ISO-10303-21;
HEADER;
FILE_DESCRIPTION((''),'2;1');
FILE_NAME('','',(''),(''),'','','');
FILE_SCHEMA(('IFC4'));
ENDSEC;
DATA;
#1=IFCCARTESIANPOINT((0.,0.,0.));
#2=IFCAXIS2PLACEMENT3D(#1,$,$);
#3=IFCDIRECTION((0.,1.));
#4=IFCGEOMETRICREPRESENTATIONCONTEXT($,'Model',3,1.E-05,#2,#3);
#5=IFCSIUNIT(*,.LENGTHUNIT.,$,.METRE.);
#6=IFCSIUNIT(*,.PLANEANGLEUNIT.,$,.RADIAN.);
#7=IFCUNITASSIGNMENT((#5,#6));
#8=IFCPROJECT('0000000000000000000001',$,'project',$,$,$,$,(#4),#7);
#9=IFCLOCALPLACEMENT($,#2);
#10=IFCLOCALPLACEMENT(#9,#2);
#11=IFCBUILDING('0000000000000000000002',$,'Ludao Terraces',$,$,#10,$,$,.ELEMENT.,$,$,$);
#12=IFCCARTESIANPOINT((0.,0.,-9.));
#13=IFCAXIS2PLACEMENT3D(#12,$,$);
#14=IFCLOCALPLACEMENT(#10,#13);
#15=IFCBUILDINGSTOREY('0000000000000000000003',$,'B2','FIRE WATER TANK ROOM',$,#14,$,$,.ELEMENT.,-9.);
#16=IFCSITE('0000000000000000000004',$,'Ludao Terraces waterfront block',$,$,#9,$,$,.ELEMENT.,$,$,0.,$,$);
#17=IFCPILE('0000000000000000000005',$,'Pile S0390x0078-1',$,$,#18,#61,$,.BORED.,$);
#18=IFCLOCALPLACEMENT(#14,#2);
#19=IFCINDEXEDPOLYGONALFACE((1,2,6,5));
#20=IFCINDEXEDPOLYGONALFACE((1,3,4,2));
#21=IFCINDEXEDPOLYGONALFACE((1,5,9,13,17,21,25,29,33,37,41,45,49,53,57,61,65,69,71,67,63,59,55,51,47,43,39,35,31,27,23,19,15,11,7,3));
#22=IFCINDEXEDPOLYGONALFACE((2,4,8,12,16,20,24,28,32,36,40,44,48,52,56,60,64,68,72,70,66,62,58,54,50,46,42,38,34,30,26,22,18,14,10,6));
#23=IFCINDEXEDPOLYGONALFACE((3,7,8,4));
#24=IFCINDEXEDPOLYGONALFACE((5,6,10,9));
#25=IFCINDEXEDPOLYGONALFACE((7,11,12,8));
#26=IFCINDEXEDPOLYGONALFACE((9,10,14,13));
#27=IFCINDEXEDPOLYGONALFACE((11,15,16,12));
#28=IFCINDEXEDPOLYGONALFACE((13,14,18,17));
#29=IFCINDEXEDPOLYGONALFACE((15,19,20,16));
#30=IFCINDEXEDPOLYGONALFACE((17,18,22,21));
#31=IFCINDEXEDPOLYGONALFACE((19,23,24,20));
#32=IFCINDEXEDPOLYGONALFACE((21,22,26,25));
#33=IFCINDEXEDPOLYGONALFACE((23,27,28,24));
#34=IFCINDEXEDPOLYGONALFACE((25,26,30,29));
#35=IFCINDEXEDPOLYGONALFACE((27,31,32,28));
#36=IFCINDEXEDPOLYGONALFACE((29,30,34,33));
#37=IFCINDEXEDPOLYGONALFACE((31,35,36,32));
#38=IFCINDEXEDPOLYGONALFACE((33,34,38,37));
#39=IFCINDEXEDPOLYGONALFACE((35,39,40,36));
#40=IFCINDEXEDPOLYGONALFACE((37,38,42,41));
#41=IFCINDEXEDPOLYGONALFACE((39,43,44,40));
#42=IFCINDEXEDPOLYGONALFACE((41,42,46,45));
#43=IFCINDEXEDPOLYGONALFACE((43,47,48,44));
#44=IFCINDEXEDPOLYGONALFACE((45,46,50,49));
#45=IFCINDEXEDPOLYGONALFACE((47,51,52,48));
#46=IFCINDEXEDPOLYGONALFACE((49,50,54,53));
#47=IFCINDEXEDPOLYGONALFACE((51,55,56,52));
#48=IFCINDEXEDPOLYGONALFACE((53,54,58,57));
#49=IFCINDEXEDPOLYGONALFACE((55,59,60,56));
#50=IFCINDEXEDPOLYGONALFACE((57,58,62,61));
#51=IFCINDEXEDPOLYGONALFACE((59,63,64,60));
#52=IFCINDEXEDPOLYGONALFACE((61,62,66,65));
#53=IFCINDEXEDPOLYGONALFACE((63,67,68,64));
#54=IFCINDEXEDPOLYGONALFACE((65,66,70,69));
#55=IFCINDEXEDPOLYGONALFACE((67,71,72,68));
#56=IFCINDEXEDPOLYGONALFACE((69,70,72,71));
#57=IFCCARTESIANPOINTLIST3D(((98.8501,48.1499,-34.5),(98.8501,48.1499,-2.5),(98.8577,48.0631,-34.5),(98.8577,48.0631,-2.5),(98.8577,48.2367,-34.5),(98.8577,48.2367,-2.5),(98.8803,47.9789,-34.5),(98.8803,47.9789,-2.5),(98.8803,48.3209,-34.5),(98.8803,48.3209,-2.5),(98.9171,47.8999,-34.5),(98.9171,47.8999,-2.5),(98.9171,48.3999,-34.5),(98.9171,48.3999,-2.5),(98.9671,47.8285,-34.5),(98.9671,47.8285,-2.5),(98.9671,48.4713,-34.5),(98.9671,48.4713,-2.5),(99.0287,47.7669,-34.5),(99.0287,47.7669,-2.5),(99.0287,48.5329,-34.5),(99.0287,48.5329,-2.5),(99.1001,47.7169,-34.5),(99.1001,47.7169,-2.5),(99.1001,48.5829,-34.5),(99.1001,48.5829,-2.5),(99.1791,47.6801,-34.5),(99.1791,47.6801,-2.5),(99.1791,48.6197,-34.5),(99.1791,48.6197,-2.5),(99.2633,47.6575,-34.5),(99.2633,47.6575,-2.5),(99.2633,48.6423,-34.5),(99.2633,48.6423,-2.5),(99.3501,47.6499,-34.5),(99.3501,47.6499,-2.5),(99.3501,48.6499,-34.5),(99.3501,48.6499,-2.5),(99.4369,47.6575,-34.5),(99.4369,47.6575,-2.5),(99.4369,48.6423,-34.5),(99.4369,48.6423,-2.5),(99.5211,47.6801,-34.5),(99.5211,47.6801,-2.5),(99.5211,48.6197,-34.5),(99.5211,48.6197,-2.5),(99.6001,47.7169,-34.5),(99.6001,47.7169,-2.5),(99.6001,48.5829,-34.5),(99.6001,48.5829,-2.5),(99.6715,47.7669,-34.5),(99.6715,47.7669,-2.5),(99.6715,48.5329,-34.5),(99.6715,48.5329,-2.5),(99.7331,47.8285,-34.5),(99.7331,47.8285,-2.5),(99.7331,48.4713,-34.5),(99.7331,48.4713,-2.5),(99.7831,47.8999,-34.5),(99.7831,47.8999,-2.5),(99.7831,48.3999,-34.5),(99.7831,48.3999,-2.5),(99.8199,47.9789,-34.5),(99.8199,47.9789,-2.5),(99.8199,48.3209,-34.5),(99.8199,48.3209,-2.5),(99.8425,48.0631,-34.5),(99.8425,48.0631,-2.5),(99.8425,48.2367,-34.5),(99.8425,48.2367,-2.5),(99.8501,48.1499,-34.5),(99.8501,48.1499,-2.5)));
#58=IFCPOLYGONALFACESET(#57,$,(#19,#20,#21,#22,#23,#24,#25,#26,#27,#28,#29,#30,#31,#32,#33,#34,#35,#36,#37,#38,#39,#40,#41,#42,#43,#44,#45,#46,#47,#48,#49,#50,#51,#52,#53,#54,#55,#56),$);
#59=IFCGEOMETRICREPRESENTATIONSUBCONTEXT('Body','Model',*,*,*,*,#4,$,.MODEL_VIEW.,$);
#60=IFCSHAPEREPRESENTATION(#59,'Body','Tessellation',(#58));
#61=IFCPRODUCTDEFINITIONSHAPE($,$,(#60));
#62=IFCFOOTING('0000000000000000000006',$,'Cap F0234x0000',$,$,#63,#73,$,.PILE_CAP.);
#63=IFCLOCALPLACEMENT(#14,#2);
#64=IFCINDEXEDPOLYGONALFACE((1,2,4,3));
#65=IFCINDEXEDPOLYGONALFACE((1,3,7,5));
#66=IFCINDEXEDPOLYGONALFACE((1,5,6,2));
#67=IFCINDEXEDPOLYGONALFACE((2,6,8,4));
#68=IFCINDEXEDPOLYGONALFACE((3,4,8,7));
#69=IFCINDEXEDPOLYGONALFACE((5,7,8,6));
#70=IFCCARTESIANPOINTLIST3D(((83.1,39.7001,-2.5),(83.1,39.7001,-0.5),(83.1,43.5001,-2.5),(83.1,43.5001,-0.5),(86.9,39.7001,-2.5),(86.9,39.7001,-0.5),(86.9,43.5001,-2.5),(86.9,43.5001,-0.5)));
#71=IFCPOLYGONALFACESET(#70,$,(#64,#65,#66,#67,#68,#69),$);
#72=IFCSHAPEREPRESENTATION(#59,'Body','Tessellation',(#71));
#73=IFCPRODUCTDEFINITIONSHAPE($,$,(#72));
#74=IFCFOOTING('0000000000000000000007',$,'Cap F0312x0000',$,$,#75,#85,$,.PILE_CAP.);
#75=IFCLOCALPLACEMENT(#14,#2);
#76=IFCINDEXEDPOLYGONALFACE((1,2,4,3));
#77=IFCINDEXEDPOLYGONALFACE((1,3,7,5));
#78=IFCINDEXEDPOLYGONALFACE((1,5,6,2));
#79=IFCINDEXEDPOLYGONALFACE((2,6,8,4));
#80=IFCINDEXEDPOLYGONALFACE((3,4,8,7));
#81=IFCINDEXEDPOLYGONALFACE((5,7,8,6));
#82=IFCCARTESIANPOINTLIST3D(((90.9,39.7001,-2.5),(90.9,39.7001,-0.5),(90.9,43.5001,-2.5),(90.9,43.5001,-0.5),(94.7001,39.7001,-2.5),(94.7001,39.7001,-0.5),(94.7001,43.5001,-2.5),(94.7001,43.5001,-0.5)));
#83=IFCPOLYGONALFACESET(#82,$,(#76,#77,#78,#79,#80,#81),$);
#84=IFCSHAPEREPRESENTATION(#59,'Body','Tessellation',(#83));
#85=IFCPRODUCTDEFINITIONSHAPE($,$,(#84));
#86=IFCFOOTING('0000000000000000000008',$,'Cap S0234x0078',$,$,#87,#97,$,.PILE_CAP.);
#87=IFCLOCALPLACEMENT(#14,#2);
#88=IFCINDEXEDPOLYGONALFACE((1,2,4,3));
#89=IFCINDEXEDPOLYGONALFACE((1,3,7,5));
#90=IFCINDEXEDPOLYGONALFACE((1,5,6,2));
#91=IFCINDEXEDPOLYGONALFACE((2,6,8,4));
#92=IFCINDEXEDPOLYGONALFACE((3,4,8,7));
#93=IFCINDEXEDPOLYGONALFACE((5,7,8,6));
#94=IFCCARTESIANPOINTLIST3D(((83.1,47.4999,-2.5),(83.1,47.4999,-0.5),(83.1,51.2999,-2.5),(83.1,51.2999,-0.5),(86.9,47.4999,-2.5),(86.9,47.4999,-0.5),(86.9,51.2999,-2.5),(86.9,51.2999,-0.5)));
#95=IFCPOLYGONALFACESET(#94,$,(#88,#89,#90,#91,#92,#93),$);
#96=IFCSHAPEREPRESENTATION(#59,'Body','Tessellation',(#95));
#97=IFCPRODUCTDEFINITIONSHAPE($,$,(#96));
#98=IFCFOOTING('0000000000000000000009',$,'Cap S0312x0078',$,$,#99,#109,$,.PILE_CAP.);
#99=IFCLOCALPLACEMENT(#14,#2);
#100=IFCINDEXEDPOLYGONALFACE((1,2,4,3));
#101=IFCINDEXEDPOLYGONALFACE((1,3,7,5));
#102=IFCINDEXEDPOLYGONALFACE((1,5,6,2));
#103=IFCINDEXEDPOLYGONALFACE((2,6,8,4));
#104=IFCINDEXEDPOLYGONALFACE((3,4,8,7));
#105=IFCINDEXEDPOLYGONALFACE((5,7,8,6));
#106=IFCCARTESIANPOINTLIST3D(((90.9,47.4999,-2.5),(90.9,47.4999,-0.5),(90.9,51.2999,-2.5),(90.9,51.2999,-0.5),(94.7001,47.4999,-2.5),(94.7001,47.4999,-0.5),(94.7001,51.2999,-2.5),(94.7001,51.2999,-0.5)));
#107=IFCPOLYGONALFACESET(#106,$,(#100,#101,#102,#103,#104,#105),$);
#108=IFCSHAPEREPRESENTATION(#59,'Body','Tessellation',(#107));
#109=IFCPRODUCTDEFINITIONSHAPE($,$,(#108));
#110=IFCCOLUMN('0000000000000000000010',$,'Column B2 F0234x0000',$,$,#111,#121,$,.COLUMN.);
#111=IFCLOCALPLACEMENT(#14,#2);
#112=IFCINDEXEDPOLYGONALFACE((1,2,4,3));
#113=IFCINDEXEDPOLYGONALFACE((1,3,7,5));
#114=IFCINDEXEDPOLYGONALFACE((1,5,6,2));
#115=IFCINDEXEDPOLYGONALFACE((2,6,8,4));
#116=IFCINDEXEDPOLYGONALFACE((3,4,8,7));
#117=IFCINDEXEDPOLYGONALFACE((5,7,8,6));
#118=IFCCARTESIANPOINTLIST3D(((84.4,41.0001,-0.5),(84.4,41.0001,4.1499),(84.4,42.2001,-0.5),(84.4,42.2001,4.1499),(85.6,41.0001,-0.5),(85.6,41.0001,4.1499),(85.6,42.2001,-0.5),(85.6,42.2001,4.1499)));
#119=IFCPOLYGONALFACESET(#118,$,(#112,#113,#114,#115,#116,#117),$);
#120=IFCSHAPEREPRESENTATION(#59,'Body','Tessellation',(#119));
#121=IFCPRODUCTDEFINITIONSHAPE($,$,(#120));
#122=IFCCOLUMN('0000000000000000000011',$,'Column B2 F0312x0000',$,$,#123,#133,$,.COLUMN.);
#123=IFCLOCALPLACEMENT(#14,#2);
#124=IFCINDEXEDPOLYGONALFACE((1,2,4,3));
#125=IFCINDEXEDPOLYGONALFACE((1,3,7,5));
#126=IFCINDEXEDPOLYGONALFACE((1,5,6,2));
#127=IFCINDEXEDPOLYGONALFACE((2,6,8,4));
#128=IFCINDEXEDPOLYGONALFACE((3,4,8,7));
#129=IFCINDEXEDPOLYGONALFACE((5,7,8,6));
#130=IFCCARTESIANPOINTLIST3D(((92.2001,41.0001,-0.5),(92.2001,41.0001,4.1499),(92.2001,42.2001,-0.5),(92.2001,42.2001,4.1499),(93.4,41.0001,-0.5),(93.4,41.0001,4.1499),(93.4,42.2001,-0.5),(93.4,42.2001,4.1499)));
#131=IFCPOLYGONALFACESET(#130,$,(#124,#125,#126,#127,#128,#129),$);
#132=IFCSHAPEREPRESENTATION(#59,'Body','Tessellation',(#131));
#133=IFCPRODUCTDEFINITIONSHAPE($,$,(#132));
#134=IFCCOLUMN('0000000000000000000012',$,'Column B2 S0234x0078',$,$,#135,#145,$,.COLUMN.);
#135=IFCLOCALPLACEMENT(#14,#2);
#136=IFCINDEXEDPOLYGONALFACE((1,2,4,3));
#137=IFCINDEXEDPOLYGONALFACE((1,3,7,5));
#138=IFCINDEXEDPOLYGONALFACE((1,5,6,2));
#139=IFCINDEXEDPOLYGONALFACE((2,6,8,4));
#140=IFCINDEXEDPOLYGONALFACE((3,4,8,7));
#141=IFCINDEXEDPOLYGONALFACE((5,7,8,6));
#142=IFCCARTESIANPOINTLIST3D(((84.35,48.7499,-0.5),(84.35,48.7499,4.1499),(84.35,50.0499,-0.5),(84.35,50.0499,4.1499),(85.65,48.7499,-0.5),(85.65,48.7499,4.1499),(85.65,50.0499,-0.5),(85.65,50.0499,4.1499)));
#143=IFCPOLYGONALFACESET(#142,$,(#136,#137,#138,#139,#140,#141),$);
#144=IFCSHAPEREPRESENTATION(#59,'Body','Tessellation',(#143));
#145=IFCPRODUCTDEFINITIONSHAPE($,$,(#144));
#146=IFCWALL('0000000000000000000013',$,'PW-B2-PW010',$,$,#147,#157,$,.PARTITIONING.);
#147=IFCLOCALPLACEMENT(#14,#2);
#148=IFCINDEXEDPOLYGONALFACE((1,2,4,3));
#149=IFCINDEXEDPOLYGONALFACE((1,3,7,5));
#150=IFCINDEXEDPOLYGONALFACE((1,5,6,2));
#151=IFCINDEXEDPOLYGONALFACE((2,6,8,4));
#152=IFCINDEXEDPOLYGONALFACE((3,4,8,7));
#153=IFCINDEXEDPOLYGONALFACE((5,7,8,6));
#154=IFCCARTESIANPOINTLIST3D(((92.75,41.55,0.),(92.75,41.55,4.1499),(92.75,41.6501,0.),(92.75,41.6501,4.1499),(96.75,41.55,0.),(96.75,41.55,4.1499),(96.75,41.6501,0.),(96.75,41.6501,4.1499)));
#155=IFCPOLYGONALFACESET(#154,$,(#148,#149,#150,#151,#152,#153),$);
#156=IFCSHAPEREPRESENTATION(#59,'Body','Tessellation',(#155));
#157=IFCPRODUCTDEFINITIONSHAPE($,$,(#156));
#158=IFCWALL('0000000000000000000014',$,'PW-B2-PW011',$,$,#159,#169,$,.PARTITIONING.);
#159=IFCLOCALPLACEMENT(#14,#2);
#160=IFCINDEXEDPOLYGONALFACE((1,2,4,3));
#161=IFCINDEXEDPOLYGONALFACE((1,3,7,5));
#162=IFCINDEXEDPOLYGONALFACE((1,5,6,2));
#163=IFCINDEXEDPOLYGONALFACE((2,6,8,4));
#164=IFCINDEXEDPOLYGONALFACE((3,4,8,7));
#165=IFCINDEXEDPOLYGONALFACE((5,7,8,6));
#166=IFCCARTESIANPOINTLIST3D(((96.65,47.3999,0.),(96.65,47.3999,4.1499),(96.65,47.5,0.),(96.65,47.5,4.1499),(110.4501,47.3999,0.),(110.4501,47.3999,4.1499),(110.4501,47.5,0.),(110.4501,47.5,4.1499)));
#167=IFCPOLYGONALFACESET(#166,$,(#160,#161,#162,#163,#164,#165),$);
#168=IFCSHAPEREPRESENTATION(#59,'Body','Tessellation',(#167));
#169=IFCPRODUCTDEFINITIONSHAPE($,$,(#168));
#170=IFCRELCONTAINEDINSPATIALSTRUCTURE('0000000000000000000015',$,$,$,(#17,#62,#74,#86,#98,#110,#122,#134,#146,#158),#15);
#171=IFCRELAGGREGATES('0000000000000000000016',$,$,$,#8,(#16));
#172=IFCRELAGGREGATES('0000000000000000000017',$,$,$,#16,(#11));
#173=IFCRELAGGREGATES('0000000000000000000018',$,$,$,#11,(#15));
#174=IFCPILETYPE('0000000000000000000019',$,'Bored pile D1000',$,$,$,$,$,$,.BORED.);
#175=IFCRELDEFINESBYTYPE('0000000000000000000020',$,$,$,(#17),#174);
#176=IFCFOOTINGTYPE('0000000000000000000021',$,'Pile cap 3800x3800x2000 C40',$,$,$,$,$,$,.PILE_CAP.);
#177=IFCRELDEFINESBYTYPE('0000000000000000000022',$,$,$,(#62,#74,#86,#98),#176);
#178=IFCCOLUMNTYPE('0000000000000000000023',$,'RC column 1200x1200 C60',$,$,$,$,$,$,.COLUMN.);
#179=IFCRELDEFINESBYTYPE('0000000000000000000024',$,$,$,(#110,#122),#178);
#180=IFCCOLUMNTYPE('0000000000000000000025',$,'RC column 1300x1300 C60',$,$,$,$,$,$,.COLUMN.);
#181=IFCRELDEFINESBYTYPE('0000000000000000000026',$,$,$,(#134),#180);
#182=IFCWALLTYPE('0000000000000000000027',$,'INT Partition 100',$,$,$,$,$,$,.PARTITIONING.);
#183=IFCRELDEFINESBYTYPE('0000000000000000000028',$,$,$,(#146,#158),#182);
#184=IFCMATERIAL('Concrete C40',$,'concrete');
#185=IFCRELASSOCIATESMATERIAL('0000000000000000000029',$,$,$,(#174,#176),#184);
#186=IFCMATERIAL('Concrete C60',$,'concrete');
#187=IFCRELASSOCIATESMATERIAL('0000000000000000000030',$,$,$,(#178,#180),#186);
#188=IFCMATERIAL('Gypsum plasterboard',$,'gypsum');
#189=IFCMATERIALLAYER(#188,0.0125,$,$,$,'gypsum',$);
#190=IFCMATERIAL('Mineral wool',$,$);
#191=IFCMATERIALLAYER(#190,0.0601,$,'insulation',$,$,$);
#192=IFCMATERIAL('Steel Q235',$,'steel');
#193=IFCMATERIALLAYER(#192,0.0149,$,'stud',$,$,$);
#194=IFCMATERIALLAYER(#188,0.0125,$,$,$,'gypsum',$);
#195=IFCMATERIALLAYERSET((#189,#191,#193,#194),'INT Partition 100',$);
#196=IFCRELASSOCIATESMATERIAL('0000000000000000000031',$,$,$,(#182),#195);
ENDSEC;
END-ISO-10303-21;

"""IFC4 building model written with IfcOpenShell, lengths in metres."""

from ifc_helpers import new_model, si_unit, direction, frame, frame_2d, origin, origin_2d, place, context, subcontext, project, spatial, rectangle, circle, extrude, material, layer, layer_set, material_profile, profile_set, type_object, element, save


model = new_model("IFC4")

# Units and contexts
model_context = context("Model", 3, precision=1e-05, world=origin(), true_north=direction((0.0, 1.0)))
body_context = subcontext(model_context, "Body", "Model", "MODEL_VIEW")
ifc_project = project(units=[si_unit("LENGTHUNIT", "METRE"), si_unit("PLANEANGLEUNIT", "RADIAN")], contexts=[model_context])

# Site, building, storey
site_placement = place(None, origin())
site = spatial("IfcSite", under=ifc_project, at=site_placement, Name="Ludao Terraces waterfront block", CompositionType="ELEMENT", RefElevation=0.0)
building_placement = place(site_placement, origin())
building = spatial("IfcBuilding", under=site, at=building_placement, Name="Ludao Terraces", CompositionType="ELEMENT")
storey_placement = place(building_placement, frame((0.0, 0.0, -9.0)))
storey = spatial("IfcBuildingStorey", under=building, at=storey_placement, Name="B2", Description="FIRE WATER TANK ROOM", CompositionType="ELEMENT", Elevation=-9.0)

# Pile
ifc_material_1 = material(Name="Concrete C40", Category="concrete")
ifc_material_profile_1 = material_profile(ifc_material_1, circle(Radius=0.5, at=origin_2d()), Name="D1000 BORED PILE")
ifc_profile_set_1 = profile_set([ifc_material_profile_1], Name="Concrete C40")
pile_type = type_object("IfcPileType", Name="Bored pile D1000", PredefinedType="BORED", material=ifc_profile_set_1)
for number, where, z_axis, x_axis, name in (
    (1, (99.3501, 48.1499, -2.5), (0.0, 0.0, -1.0), (1.0, 0.0, 0.0), "Pile S0390x0078-1"),
):
    element("IfcPile", number, at=place(storey_placement, frame(where, z_axis=z_axis, x_axis=x_axis)), inside=storey, type_object=pile_type, Name=name, PredefinedType="BORED", context=body_context, shape_type="SweptSolid", body=[
        extrude(circle(Radius=0.5, at=origin_2d()), origin(), (0.0, 0.0, 1.0), 32.0),
    ])

# Footings
footing_type = type_object("IfcFootingType", Name="Pile cap 3800x3800x2000 C40", PredefinedType="PILE_CAP", material=ifc_material_1)
for number, where, z_axis, x_axis, name in (
    (2, (85.0, 41.6001, -2.5), (0.0, 0.0, 1.0), (1.0, 0.0, 0.0), "Cap F0234x0000"),
    (3, (92.8, 41.6001, -2.5), (0.0, 0.0, 1.0), (1.0, 0.0, 0.0), "Cap F0312x0000"),
    (4, (85.0, 49.3999, -2.5), (0.0, 0.0, 1.0), (1.0, 0.0, 0.0), "Cap S0234x0078"),
    (5, (92.8, 49.3999, -2.5), (0.0, 0.0, 1.0), (1.0, 0.0, 0.0), "Cap S0312x0078"),
):
    element("IfcFooting", number, at=place(storey_placement, frame(where, z_axis=z_axis, x_axis=x_axis)), inside=storey, type_object=footing_type, Name=name, PredefinedType="PILE_CAP", context=body_context, shape_type="SweptSolid", body=[
        extrude(rectangle(XDim=3.8, YDim=3.8, at=origin_2d()), origin(), (0.0, 0.0, 1.0), 2.0),
    ])

# Columns
ifc_material_2 = material(Name="Concrete C60", Category="concrete")
ifc_material_profile_2 = material_profile(ifc_material_2, rectangle(XDim=1.2, YDim=1.2, at=origin_2d()), Name="1200 X 1200")
ifc_profile_set_2 = profile_set([ifc_material_profile_2], Name="Concrete C60")
column_type_1 = type_object("IfcColumnType", Name="RC column 1200x1200 C60", PredefinedType="COLUMN", material=ifc_profile_set_2)
for number, where, z_axis, x_axis, name in (
    (6, (85.0, 41.6001, -0.5), (0.0, 0.0, 1.0), (1.0, 0.0, 0.0), "Column B2 F0234x0000"),
    (7, (92.8, 41.6001, -0.5), (0.0, 0.0, 1.0), (1.0, 0.0, 0.0), "Column B2 F0312x0000"),
):
    element("IfcColumn", number, at=place(storey_placement, frame(where, z_axis=z_axis, x_axis=x_axis)), inside=storey, type_object=column_type_1, Name=name, PredefinedType="COLUMN", context=body_context, shape_type="SweptSolid", body=[
        extrude(rectangle(XDim=1.2, YDim=1.2, at=origin_2d()), origin(), (0.0, 0.0, 1.0), 4.6499),
    ])
ifc_material_profile_3 = material_profile(ifc_material_2, rectangle(XDim=1.3, YDim=1.3, at=origin_2d()), Name="1300 X 1300")
ifc_profile_set_3 = profile_set([ifc_material_profile_3], Name="Concrete C60")
column_type_2 = type_object("IfcColumnType", Name="RC column 1300x1300 C60", PredefinedType="COLUMN", material=ifc_profile_set_3)
column_placement = place(storey_placement, frame((85.0, 49.3999, -0.5), z_axis=(0.0, 0.0, 1.0), x_axis=(1.0, 0.0, 0.0)))
element("IfcColumn", 8, at=column_placement, inside=storey, type_object=column_type_2, Name="Column B2 S0234x0078", PredefinedType="COLUMN", context=body_context, shape_type="SweptSolid", body=[
    extrude(rectangle(XDim=1.3, YDim=1.3, at=origin_2d()), origin(), (0.0, 0.0, 1.0), 4.6499),
])

# Walls
ifc_material_3 = material(Name="Gypsum plasterboard", Category="gypsum")
ifc_layer_1 = layer(ifc_material_3, 0.0125, Category="gypsum")
ifc_material_4 = material(Name="Mineral wool")
ifc_layer_2 = layer(ifc_material_4, 0.0601, Name="insulation")
ifc_material_5 = material(Name="Steel Q235", Category="steel")
ifc_layer_3 = layer(ifc_material_5, 0.0149, Name="stud")
ifc_layer_4 = layer(ifc_material_3, 0.0125, Category="gypsum")
ifc_layer_set = layer_set([ifc_layer_1, ifc_layer_2, ifc_layer_3, ifc_layer_4], Name="INT Partition 100")
wall_type = type_object("IfcWallType", Name="INT Partition 100", PredefinedType="PARTITIONING", material=ifc_layer_set)
wall_1_placement = place(storey_placement, frame((92.75, 41.6001, 0.0), z_axis=(0.0, 0.0, 1.0), x_axis=(1.0, 0.0, 0.0)))
element("IfcWall", 9, at=wall_1_placement, inside=storey, type_object=wall_type, Name="PW-B2-PW010", PredefinedType="PARTITIONING", context=body_context, shape_type="SweptSolid", body=[
    extrude(rectangle(XDim=4.0, YDim=0.1001, at=frame_2d((2.0, 0.0))), origin(), (0.0, 0.0, 1.0), 4.1499),
])
wall_2_placement = place(storey_placement, frame((96.6501, 47.45, 0.0), z_axis=(0.0, 0.0, 1.0), x_axis=(1.0, 0.0, 0.0)))
element("IfcWall", 10, at=wall_2_placement, inside=storey, type_object=wall_type, Name="PW-B2-PW011", PredefinedType="PARTITIONING", context=body_context, shape_type="SweptSolid", body=[
    extrude(rectangle(XDim=13.8, YDim=0.1001, at=frame_2d((6.8999, 0.0))), origin(), (0.0, 0.0, 1.0), 4.1499),
])

save(model, "model.ifc")
